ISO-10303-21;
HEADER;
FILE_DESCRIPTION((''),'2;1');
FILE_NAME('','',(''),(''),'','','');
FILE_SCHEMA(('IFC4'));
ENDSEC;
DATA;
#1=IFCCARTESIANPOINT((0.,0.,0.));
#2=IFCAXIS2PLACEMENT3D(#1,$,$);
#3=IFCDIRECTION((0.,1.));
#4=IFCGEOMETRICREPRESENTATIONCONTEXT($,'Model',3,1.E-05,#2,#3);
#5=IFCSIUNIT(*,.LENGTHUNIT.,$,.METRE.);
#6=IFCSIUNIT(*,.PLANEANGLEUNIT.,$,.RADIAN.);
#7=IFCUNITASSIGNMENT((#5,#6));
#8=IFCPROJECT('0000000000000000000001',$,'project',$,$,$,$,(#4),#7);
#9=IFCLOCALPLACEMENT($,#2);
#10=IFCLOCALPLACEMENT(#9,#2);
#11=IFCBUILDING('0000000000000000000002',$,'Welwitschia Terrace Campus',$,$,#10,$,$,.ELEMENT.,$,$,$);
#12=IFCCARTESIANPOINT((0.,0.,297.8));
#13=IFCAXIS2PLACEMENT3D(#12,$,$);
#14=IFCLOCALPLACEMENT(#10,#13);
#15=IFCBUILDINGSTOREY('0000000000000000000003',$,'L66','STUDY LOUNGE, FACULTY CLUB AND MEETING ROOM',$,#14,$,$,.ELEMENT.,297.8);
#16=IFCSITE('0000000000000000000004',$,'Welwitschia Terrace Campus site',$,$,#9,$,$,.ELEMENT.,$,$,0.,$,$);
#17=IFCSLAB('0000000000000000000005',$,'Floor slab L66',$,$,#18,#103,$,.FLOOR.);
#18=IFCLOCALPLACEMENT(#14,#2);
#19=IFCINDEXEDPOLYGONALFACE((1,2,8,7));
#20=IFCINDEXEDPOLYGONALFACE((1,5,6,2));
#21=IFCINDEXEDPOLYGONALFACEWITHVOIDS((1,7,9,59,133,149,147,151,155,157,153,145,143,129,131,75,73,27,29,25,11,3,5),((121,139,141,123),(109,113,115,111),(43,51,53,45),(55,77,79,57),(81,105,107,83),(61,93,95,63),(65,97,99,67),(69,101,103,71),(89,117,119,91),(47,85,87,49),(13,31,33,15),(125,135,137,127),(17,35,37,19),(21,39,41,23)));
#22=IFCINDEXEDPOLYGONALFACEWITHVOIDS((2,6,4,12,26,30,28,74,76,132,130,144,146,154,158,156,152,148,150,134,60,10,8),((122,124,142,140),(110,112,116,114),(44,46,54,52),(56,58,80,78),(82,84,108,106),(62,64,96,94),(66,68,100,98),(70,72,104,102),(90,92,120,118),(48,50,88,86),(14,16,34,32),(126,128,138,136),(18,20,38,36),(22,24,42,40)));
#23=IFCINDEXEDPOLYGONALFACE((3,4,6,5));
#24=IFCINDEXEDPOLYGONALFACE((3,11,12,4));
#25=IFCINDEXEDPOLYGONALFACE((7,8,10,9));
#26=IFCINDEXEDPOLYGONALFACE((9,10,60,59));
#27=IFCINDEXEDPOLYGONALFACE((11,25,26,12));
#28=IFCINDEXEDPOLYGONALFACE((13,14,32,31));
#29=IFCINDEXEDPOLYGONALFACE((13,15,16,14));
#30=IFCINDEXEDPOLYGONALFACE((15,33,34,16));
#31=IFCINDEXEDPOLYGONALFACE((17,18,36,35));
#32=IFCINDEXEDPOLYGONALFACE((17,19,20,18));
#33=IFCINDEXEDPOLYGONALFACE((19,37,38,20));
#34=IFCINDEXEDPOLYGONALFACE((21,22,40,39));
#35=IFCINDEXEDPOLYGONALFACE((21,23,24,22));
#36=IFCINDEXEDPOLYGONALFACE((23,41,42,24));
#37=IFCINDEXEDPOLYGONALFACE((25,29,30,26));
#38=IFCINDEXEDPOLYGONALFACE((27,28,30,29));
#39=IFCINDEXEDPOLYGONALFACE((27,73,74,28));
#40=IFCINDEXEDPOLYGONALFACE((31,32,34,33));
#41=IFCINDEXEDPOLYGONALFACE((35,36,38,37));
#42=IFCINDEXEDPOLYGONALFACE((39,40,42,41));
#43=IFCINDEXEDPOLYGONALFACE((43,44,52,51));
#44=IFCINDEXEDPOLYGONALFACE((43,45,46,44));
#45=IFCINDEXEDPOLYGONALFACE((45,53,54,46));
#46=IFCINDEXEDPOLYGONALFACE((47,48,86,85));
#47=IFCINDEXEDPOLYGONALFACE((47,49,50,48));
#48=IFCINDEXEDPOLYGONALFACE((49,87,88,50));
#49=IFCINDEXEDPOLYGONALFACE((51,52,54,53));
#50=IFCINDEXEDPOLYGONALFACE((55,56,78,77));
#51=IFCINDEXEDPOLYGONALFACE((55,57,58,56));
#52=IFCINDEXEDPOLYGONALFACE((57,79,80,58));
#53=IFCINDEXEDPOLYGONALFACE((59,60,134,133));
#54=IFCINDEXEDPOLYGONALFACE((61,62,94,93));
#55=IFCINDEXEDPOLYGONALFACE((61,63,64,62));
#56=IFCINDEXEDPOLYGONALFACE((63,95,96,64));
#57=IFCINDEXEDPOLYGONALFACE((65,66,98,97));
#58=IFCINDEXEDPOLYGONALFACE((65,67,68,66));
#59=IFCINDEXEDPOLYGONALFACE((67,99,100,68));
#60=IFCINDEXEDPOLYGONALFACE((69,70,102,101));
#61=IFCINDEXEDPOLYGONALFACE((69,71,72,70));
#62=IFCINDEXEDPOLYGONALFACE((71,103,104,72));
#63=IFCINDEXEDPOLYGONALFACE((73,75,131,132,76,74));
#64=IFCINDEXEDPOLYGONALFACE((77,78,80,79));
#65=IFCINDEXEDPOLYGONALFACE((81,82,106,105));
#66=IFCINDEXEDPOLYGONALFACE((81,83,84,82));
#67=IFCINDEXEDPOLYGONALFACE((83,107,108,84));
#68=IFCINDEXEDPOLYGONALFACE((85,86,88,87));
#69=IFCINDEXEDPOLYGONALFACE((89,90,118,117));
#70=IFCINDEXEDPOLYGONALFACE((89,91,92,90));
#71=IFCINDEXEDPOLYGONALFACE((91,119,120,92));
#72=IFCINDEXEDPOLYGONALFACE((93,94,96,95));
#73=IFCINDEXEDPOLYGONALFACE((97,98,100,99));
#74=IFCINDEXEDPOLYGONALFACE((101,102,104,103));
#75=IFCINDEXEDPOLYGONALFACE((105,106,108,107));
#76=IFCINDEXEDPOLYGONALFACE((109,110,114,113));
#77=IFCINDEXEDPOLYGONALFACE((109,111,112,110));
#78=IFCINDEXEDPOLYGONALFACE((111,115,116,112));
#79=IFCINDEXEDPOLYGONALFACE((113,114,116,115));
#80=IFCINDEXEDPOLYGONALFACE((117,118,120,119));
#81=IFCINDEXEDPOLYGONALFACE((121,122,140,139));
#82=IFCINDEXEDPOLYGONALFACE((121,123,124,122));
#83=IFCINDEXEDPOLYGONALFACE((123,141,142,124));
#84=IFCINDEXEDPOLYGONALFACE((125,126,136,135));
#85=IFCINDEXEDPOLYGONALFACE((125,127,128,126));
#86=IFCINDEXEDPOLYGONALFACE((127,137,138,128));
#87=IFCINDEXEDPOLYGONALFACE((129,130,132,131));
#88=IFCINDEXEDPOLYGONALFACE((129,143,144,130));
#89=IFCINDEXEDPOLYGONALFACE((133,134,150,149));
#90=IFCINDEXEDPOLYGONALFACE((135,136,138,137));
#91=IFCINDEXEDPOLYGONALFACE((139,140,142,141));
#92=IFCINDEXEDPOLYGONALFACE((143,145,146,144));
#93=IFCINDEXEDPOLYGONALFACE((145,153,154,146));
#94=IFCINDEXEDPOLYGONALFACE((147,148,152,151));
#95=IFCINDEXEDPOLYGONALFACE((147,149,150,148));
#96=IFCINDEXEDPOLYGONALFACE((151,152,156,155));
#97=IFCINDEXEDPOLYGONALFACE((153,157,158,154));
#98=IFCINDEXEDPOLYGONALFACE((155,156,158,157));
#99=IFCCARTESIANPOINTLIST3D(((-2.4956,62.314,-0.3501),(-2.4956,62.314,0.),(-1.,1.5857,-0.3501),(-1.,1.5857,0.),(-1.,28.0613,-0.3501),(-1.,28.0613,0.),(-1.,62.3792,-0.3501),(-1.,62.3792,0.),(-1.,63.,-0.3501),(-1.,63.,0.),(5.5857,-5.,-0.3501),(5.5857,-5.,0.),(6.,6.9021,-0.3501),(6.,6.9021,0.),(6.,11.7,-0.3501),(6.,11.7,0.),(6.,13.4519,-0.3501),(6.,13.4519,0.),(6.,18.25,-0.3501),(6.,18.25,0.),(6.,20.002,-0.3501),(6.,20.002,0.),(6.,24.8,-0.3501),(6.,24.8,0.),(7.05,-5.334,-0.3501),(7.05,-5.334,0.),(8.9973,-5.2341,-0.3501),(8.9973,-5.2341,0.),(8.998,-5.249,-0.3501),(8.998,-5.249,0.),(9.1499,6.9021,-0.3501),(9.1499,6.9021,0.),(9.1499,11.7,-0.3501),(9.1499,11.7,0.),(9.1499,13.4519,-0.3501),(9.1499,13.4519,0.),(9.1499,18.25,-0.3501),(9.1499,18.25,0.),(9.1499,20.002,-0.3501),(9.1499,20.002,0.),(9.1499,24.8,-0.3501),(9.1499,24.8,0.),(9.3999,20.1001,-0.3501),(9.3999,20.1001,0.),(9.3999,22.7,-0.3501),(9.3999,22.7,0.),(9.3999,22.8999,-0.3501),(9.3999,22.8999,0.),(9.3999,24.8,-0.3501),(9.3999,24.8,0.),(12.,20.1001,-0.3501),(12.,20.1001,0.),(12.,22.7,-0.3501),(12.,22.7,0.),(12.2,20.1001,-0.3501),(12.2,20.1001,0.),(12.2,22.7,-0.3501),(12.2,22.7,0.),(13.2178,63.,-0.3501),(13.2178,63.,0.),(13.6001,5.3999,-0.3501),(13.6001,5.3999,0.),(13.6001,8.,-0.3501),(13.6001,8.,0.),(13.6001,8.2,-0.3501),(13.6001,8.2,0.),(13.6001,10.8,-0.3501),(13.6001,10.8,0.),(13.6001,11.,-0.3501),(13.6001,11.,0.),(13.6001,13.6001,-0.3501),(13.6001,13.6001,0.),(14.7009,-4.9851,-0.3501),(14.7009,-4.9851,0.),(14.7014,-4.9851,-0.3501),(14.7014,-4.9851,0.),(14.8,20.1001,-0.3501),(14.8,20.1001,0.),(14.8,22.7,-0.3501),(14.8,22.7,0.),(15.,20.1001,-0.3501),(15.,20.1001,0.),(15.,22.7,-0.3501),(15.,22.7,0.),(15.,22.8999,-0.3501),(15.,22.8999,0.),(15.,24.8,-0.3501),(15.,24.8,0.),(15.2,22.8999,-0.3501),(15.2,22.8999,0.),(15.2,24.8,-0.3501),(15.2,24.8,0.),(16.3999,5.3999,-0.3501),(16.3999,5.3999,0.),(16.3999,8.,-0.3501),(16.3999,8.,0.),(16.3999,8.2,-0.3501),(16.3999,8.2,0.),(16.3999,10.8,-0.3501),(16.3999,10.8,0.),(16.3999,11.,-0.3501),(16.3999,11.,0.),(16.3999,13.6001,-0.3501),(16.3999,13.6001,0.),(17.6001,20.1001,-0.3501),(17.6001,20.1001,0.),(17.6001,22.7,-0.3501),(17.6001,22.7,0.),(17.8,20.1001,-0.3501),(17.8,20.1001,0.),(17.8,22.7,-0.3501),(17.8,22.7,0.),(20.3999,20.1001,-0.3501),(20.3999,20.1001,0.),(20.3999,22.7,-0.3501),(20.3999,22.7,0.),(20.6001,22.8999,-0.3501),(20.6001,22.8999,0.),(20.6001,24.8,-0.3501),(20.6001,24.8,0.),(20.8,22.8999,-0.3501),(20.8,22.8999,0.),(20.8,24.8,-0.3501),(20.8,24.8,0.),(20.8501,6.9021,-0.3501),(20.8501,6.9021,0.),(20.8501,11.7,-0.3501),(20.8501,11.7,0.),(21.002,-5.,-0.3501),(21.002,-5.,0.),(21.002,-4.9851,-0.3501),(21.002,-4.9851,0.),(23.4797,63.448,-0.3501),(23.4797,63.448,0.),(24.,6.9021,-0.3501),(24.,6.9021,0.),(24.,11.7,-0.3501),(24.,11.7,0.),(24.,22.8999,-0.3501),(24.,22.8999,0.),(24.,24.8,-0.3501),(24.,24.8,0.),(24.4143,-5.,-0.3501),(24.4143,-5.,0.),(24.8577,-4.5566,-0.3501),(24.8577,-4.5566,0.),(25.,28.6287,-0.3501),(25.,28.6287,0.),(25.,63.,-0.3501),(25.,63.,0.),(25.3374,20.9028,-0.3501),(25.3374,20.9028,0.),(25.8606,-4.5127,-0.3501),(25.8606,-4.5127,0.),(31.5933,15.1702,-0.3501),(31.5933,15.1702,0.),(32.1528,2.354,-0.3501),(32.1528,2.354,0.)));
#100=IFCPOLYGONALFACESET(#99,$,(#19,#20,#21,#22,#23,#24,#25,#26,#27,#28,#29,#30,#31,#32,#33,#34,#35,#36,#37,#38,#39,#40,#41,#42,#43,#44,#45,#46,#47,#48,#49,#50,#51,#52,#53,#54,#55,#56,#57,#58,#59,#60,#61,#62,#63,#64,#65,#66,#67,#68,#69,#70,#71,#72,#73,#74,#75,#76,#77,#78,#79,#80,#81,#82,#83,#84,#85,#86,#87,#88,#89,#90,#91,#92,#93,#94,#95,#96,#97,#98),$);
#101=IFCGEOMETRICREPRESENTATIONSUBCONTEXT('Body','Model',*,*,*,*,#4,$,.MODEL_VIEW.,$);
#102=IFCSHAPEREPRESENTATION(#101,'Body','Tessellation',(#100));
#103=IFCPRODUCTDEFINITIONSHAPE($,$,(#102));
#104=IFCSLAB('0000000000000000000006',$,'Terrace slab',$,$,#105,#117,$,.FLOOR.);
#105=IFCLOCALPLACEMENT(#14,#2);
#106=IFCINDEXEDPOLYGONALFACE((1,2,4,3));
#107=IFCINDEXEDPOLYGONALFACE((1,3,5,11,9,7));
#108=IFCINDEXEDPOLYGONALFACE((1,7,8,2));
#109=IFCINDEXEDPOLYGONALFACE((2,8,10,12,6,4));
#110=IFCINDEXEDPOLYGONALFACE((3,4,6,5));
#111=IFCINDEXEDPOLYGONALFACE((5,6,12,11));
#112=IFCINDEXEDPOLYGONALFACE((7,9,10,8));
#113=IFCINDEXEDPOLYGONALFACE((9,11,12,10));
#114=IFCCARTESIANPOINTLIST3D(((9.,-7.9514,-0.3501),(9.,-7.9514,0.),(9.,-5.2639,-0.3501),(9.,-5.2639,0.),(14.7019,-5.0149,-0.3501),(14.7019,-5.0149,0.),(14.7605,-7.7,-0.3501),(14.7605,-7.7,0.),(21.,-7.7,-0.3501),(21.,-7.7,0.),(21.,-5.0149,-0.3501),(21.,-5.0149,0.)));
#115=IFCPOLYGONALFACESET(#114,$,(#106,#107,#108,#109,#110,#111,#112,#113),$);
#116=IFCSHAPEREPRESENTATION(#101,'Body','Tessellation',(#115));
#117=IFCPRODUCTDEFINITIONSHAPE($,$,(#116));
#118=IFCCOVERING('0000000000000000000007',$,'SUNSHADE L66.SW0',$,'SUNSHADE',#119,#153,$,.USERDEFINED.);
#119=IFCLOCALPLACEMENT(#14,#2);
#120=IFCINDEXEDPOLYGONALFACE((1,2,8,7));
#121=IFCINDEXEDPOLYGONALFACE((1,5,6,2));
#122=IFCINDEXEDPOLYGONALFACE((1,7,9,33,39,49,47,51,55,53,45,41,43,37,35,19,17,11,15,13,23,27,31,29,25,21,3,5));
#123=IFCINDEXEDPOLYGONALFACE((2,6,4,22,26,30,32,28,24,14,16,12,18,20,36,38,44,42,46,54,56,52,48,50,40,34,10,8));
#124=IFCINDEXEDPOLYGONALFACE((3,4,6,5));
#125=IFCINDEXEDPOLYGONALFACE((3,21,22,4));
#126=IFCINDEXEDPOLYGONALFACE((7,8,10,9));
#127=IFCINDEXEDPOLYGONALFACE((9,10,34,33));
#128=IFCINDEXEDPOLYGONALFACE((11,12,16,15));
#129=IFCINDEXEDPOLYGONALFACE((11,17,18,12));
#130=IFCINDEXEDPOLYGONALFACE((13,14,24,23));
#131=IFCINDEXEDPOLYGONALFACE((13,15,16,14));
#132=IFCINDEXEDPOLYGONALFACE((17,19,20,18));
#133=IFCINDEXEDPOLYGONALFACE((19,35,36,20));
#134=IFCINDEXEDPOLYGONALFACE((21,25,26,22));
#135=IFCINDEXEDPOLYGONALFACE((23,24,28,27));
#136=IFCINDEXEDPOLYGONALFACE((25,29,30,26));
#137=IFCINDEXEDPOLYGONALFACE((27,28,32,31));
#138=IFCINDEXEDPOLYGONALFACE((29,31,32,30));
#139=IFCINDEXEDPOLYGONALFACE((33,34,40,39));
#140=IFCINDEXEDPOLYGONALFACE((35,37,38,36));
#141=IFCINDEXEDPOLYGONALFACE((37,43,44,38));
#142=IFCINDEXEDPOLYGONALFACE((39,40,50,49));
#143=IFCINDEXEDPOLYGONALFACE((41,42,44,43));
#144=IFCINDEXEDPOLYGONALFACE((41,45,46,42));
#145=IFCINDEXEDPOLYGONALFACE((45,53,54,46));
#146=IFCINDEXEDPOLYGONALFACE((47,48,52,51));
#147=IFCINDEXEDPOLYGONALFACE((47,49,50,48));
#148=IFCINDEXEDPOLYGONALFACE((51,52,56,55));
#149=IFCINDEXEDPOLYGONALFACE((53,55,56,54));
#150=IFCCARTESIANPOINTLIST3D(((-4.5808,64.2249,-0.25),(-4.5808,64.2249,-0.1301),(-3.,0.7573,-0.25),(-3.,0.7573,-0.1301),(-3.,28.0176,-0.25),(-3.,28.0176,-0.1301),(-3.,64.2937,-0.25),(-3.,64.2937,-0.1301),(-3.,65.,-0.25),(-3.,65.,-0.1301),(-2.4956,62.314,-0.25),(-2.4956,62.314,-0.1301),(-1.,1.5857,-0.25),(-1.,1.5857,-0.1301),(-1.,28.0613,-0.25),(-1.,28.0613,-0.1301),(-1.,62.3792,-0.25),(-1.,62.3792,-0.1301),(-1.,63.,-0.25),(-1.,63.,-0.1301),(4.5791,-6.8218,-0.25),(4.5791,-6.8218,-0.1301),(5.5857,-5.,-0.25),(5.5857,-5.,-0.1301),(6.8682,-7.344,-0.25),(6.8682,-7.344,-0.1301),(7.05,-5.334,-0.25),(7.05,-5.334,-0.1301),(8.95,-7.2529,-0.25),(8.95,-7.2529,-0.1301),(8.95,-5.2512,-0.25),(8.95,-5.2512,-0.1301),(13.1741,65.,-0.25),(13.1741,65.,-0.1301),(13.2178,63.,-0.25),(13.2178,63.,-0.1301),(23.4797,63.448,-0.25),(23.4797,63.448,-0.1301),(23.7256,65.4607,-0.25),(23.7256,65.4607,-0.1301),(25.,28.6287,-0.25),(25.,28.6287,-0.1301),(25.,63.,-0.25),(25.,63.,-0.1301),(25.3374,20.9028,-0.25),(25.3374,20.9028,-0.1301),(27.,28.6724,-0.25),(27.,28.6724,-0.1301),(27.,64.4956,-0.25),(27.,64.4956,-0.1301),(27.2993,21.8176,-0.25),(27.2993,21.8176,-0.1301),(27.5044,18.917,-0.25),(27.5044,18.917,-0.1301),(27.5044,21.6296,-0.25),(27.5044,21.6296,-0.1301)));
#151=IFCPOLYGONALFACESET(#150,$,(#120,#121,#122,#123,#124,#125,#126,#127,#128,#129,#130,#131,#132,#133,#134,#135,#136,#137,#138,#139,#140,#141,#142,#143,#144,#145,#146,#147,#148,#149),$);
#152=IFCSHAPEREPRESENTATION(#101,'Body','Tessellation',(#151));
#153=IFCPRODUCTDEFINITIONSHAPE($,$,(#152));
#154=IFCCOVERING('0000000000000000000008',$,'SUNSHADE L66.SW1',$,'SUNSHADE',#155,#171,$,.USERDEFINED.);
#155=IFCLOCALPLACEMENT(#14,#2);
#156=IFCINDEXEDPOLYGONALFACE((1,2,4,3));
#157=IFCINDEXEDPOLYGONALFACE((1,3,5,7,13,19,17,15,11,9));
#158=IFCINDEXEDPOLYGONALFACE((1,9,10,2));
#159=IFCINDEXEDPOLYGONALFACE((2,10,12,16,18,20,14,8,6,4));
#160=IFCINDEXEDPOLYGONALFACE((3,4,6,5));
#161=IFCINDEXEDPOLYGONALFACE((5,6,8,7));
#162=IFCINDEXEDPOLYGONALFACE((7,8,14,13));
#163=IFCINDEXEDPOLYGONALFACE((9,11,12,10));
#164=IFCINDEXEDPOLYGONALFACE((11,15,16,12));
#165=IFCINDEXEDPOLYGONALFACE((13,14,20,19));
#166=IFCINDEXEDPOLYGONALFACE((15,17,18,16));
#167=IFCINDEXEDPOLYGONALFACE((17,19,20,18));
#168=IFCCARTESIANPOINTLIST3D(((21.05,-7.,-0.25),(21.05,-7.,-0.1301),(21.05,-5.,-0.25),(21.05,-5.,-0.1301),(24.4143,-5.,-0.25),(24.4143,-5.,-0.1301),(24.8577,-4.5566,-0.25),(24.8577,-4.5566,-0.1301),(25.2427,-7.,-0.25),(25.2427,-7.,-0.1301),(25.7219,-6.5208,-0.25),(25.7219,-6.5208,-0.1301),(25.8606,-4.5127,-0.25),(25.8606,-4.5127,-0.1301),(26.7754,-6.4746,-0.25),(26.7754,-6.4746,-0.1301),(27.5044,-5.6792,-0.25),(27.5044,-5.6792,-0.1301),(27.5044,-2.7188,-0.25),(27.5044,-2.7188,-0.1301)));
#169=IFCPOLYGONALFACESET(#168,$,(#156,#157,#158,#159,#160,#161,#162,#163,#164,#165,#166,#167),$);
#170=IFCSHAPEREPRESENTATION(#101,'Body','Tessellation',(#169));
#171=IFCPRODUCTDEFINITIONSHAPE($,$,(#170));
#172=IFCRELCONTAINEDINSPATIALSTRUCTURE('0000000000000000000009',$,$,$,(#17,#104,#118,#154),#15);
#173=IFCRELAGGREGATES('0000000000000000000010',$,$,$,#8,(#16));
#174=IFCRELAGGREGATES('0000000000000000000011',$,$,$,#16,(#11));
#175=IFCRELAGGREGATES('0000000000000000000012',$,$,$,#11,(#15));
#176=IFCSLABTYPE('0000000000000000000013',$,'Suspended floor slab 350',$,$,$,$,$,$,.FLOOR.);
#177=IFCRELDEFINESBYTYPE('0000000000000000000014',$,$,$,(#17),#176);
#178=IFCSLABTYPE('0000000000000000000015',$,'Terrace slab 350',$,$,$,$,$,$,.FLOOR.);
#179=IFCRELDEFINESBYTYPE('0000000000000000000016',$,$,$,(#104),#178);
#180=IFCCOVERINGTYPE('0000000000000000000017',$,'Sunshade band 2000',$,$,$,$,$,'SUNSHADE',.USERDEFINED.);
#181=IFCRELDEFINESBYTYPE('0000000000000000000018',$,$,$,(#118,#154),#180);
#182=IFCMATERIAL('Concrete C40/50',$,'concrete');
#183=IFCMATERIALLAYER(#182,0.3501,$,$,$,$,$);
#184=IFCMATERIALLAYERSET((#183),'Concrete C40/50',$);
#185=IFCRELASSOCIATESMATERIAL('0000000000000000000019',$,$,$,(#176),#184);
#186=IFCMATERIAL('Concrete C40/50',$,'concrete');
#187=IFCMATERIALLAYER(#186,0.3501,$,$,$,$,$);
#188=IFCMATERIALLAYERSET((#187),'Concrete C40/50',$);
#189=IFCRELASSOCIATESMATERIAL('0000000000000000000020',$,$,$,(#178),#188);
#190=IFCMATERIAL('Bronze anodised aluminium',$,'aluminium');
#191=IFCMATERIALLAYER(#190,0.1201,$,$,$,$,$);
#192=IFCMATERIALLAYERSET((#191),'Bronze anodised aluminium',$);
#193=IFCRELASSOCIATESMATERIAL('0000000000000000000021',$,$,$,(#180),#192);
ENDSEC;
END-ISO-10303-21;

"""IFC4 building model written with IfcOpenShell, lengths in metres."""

from ifc_helpers import new_model, si_unit, direction, frame, origin, place, context, subcontext, project, spatial, polyline, outline, extrude, material, layer, layer_set, type_object, element, save


model = new_model("IFC4")

# Units and contexts
model_context = context("Model", 3, precision=1e-05, world=origin(), true_north=direction((0.0, 1.0)))
body_context = subcontext(model_context, "Body", "Model", "MODEL_VIEW")
ifc_project = project(units=[si_unit("LENGTHUNIT", "METRE"), si_unit("PLANEANGLEUNIT", "RADIAN")], contexts=[model_context])

# Site, building, storey
site_placement = place(None, origin())
site = spatial("IfcSite", under=ifc_project, at=site_placement, Name="Welwitschia Terrace Campus site", CompositionType="ELEMENT", RefElevation=0.0)
building_placement = place(site_placement, origin())
building = spatial("IfcBuilding", under=site, at=building_placement, Name="Welwitschia Terrace Campus", CompositionType="ELEMENT")
storey_placement = place(building_placement, frame((0.0, 0.0, 297.8)))
storey = spatial("IfcBuildingStorey", under=building, at=storey_placement, Name="L66", Description="STUDY LOUNGE, FACULTY CLUB AND MEETING ROOM", CompositionType="ELEMENT", Elevation=297.8)

# Slabs
ifc_material_1 = material(Name="Concrete C40/50", Category="concrete")
ifc_layer_1 = layer(ifc_material_1, 0.3501)
ifc_layer_set_1 = layer_set([ifc_layer_1], Name="Concrete C40/50")
slab_type_1 = type_object("IfcSlabType", Name="Suspended floor slab 350", PredefinedType="FLOOR", material=ifc_layer_set_1)
slab_1_placement = place(storey_placement, frame((0.0, 0.0, -0.3501)))
element("IfcSlab", 1, at=slab_1_placement, inside=storey, type_object=slab_type_1, Name="Floor slab L66", PredefinedType="FLOOR", context=body_context, shape_type="SweptSolid", body=[
    extrude(outline(polyline([(-1.0, 62.3792), (-1.0, 63.0), (13.2178, 63.0), (23.4797, 63.448), (25.0, 63.0), (25.0, 28.6287), (25.3374, 20.9028), (31.5933, 15.1702), (32.1528, 2.354), (25.8606, -4.5127), (24.8577, -4.5566), (24.4143, -5.0), (21.002, -5.0), (21.002, -4.9851), (14.7014, -4.9851), (14.7009, -4.9851), (8.9973, -5.2341), (8.998, -5.249), (7.05, -5.334), (5.5857, -5.0), (-1.0, 1.5857), (-1.0, 28.0613), (-2.4956, 62.314), (-1.0, 62.3792)]), holes=[polyline([(13.6001, 5.3999), (16.3999, 5.3999), (16.3999, 8.0), (13.6001, 8.0), (13.6001, 5.3999)]), polyline([(6.0, 11.7), (6.0, 6.9021), (9.1499, 6.9021), (9.1499, 11.7), (6.0, 11.7)]), polyline([(6.0, 18.25), (6.0, 13.4519), (9.1499, 13.4519), (9.1499, 18.25), (6.0, 18.25)]), polyline([(9.3999, 22.7), (9.3999, 20.1001), (12.0, 20.1001), (12.0, 22.7), (9.3999, 22.7)]), polyline([(12.2, 22.7), (12.2, 20.1001), (14.8, 20.1001), (14.8, 22.7), (12.2, 22.7)]), polyline([(6.0, 24.8), (6.0, 20.002), (9.1499, 20.002), (9.1499, 24.8), (6.0, 24.8)]), polyline([(9.3999, 24.8), (9.3999, 22.8999), (15.0, 22.8999), (15.0, 24.8), (9.3999, 24.8)]), polyline([(20.8501, 6.9021), (24.0, 6.9021), (24.0, 11.7), (20.8501, 11.7), (20.8501, 6.9021)]), polyline([(13.6001, 10.8), (13.6001, 8.2), (16.3999, 8.2), (16.3999, 10.8), (13.6001, 10.8)]), polyline([(13.6001, 13.6001), (13.6001, 11.0), (16.3999, 11.0), (16.3999, 13.6001), (13.6001, 13.6001)]), polyline([(15.0, 22.7), (15.0, 20.1001), (17.6001, 20.1001), (17.6001, 22.7), (15.0, 22.7)]), polyline([(17.8, 22.7), (17.8, 20.1001), (20.3999, 20.1001), (20.3999, 22.7), (17.8, 22.7)]), polyline([(15.2, 24.8), (15.2, 22.8999), (20.6001, 22.8999), (20.6001, 24.8), (15.2, 24.8)]), polyline([(20.8, 24.8), (20.8, 22.8999), (24.0, 22.8999), (24.0, 24.8), (20.8, 24.8)])]), origin(), (0.0, 0.0, 1.0), 0.3501),
])
ifc_material_2 = material(Name="Concrete C40/50", Category="concrete")
ifc_layer_2 = layer(ifc_material_2, 0.3501)
ifc_layer_set_2 = layer_set([ifc_layer_2], Name="Concrete C40/50")
slab_type_2 = type_object("IfcSlabType", Name="Terrace slab 350", PredefinedType="FLOOR", material=ifc_layer_set_2)
slab_2_placement = place(storey_placement, frame((0.0, 0.0, -0.3501)))
element("IfcSlab", 2, at=slab_2_placement, inside=storey, type_object=slab_type_2, Name="Terrace slab", PredefinedType="FLOOR", context=body_context, shape_type="SweptSolid", body=[
    extrude(outline(polyline([(21.0, -7.7), (14.7605, -7.7), (9.0, -7.9514), (9.0, -5.2639), (14.7019, -5.0149), (21.0, -5.0149), (21.0, -7.7)])), origin(), (0.0, 0.0, 1.0), 0.3501),
])

# Coverings
ifc_material_3 = material(Name="Bronze anodised aluminium", Category="aluminium")
ifc_layer_3 = layer(ifc_material_3, 0.1201)
ifc_layer_set_3 = layer_set([ifc_layer_3], Name="Bronze anodised aluminium")
covering_type_1 = type_object("IfcCoveringType", Name="Sunshade band 2000", ElementType="SUNSHADE", PredefinedType="USERDEFINED", material=ifc_layer_set_3)
covering_1_placement = place(storey_placement, frame((0.0, 0.0, -0.25)))
element("IfcCovering", 3, at=covering_1_placement, inside=storey, type_object=covering_type_1, Name="SUNSHADE L66.SW0", ObjectType="SUNSHADE", PredefinedType="USERDEFINED", context=body_context, shape_type="SweptSolid", body=[
    extrude(outline(polyline([(-3.0, 65.0), (13.1741, 65.0), (23.7256, 65.4607), (27.0, 64.4956), (27.0, 28.6724), (27.2993, 21.8176), (27.5044, 21.6296), (27.5044, 18.917), (25.3374, 20.9028), (25.0, 28.6287), (25.0, 63.0), (23.4797, 63.448), (13.2178, 63.0), (-1.0, 63.0), (-1.0, 62.3792), (-2.4956, 62.314), (-1.0, 28.0613), (-1.0, 1.5857), (5.5857, -5.0), (7.05, -5.334), (8.95, -5.2512), (8.95, -7.2529), (6.8682, -7.344), (4.5791, -6.8218), (-3.0, 0.7573), (-3.0, 28.0176), (-4.5808, 64.2249), (-3.0, 64.2937), (-3.0, 65.0)])), origin(), (0.0, 0.0, 1.0), 0.1199),
])
covering_2_placement = place(storey_placement, frame((0.0, 0.0, -0.25)))
element("IfcCovering", 4, at=covering_2_placement, inside=storey, type_object=covering_type_1, Name="SUNSHADE L66.SW1", ObjectType="SUNSHADE", PredefinedType="USERDEFINED", context=body_context, shape_type="SweptSolid", body=[
    extrude(outline(polyline([(26.7754, -6.4746), (25.7219, -6.5208), (25.2427, -7.0), (21.05, -7.0), (21.05, -5.0), (24.4143, -5.0), (24.8577, -4.5566), (25.8606, -4.5127), (27.5044, -2.7188), (27.5044, -5.6792), (26.7754, -6.4746)])), origin(), (0.0, 0.0, 1.0), 0.1199),
])

save(model, "model.ifc")
